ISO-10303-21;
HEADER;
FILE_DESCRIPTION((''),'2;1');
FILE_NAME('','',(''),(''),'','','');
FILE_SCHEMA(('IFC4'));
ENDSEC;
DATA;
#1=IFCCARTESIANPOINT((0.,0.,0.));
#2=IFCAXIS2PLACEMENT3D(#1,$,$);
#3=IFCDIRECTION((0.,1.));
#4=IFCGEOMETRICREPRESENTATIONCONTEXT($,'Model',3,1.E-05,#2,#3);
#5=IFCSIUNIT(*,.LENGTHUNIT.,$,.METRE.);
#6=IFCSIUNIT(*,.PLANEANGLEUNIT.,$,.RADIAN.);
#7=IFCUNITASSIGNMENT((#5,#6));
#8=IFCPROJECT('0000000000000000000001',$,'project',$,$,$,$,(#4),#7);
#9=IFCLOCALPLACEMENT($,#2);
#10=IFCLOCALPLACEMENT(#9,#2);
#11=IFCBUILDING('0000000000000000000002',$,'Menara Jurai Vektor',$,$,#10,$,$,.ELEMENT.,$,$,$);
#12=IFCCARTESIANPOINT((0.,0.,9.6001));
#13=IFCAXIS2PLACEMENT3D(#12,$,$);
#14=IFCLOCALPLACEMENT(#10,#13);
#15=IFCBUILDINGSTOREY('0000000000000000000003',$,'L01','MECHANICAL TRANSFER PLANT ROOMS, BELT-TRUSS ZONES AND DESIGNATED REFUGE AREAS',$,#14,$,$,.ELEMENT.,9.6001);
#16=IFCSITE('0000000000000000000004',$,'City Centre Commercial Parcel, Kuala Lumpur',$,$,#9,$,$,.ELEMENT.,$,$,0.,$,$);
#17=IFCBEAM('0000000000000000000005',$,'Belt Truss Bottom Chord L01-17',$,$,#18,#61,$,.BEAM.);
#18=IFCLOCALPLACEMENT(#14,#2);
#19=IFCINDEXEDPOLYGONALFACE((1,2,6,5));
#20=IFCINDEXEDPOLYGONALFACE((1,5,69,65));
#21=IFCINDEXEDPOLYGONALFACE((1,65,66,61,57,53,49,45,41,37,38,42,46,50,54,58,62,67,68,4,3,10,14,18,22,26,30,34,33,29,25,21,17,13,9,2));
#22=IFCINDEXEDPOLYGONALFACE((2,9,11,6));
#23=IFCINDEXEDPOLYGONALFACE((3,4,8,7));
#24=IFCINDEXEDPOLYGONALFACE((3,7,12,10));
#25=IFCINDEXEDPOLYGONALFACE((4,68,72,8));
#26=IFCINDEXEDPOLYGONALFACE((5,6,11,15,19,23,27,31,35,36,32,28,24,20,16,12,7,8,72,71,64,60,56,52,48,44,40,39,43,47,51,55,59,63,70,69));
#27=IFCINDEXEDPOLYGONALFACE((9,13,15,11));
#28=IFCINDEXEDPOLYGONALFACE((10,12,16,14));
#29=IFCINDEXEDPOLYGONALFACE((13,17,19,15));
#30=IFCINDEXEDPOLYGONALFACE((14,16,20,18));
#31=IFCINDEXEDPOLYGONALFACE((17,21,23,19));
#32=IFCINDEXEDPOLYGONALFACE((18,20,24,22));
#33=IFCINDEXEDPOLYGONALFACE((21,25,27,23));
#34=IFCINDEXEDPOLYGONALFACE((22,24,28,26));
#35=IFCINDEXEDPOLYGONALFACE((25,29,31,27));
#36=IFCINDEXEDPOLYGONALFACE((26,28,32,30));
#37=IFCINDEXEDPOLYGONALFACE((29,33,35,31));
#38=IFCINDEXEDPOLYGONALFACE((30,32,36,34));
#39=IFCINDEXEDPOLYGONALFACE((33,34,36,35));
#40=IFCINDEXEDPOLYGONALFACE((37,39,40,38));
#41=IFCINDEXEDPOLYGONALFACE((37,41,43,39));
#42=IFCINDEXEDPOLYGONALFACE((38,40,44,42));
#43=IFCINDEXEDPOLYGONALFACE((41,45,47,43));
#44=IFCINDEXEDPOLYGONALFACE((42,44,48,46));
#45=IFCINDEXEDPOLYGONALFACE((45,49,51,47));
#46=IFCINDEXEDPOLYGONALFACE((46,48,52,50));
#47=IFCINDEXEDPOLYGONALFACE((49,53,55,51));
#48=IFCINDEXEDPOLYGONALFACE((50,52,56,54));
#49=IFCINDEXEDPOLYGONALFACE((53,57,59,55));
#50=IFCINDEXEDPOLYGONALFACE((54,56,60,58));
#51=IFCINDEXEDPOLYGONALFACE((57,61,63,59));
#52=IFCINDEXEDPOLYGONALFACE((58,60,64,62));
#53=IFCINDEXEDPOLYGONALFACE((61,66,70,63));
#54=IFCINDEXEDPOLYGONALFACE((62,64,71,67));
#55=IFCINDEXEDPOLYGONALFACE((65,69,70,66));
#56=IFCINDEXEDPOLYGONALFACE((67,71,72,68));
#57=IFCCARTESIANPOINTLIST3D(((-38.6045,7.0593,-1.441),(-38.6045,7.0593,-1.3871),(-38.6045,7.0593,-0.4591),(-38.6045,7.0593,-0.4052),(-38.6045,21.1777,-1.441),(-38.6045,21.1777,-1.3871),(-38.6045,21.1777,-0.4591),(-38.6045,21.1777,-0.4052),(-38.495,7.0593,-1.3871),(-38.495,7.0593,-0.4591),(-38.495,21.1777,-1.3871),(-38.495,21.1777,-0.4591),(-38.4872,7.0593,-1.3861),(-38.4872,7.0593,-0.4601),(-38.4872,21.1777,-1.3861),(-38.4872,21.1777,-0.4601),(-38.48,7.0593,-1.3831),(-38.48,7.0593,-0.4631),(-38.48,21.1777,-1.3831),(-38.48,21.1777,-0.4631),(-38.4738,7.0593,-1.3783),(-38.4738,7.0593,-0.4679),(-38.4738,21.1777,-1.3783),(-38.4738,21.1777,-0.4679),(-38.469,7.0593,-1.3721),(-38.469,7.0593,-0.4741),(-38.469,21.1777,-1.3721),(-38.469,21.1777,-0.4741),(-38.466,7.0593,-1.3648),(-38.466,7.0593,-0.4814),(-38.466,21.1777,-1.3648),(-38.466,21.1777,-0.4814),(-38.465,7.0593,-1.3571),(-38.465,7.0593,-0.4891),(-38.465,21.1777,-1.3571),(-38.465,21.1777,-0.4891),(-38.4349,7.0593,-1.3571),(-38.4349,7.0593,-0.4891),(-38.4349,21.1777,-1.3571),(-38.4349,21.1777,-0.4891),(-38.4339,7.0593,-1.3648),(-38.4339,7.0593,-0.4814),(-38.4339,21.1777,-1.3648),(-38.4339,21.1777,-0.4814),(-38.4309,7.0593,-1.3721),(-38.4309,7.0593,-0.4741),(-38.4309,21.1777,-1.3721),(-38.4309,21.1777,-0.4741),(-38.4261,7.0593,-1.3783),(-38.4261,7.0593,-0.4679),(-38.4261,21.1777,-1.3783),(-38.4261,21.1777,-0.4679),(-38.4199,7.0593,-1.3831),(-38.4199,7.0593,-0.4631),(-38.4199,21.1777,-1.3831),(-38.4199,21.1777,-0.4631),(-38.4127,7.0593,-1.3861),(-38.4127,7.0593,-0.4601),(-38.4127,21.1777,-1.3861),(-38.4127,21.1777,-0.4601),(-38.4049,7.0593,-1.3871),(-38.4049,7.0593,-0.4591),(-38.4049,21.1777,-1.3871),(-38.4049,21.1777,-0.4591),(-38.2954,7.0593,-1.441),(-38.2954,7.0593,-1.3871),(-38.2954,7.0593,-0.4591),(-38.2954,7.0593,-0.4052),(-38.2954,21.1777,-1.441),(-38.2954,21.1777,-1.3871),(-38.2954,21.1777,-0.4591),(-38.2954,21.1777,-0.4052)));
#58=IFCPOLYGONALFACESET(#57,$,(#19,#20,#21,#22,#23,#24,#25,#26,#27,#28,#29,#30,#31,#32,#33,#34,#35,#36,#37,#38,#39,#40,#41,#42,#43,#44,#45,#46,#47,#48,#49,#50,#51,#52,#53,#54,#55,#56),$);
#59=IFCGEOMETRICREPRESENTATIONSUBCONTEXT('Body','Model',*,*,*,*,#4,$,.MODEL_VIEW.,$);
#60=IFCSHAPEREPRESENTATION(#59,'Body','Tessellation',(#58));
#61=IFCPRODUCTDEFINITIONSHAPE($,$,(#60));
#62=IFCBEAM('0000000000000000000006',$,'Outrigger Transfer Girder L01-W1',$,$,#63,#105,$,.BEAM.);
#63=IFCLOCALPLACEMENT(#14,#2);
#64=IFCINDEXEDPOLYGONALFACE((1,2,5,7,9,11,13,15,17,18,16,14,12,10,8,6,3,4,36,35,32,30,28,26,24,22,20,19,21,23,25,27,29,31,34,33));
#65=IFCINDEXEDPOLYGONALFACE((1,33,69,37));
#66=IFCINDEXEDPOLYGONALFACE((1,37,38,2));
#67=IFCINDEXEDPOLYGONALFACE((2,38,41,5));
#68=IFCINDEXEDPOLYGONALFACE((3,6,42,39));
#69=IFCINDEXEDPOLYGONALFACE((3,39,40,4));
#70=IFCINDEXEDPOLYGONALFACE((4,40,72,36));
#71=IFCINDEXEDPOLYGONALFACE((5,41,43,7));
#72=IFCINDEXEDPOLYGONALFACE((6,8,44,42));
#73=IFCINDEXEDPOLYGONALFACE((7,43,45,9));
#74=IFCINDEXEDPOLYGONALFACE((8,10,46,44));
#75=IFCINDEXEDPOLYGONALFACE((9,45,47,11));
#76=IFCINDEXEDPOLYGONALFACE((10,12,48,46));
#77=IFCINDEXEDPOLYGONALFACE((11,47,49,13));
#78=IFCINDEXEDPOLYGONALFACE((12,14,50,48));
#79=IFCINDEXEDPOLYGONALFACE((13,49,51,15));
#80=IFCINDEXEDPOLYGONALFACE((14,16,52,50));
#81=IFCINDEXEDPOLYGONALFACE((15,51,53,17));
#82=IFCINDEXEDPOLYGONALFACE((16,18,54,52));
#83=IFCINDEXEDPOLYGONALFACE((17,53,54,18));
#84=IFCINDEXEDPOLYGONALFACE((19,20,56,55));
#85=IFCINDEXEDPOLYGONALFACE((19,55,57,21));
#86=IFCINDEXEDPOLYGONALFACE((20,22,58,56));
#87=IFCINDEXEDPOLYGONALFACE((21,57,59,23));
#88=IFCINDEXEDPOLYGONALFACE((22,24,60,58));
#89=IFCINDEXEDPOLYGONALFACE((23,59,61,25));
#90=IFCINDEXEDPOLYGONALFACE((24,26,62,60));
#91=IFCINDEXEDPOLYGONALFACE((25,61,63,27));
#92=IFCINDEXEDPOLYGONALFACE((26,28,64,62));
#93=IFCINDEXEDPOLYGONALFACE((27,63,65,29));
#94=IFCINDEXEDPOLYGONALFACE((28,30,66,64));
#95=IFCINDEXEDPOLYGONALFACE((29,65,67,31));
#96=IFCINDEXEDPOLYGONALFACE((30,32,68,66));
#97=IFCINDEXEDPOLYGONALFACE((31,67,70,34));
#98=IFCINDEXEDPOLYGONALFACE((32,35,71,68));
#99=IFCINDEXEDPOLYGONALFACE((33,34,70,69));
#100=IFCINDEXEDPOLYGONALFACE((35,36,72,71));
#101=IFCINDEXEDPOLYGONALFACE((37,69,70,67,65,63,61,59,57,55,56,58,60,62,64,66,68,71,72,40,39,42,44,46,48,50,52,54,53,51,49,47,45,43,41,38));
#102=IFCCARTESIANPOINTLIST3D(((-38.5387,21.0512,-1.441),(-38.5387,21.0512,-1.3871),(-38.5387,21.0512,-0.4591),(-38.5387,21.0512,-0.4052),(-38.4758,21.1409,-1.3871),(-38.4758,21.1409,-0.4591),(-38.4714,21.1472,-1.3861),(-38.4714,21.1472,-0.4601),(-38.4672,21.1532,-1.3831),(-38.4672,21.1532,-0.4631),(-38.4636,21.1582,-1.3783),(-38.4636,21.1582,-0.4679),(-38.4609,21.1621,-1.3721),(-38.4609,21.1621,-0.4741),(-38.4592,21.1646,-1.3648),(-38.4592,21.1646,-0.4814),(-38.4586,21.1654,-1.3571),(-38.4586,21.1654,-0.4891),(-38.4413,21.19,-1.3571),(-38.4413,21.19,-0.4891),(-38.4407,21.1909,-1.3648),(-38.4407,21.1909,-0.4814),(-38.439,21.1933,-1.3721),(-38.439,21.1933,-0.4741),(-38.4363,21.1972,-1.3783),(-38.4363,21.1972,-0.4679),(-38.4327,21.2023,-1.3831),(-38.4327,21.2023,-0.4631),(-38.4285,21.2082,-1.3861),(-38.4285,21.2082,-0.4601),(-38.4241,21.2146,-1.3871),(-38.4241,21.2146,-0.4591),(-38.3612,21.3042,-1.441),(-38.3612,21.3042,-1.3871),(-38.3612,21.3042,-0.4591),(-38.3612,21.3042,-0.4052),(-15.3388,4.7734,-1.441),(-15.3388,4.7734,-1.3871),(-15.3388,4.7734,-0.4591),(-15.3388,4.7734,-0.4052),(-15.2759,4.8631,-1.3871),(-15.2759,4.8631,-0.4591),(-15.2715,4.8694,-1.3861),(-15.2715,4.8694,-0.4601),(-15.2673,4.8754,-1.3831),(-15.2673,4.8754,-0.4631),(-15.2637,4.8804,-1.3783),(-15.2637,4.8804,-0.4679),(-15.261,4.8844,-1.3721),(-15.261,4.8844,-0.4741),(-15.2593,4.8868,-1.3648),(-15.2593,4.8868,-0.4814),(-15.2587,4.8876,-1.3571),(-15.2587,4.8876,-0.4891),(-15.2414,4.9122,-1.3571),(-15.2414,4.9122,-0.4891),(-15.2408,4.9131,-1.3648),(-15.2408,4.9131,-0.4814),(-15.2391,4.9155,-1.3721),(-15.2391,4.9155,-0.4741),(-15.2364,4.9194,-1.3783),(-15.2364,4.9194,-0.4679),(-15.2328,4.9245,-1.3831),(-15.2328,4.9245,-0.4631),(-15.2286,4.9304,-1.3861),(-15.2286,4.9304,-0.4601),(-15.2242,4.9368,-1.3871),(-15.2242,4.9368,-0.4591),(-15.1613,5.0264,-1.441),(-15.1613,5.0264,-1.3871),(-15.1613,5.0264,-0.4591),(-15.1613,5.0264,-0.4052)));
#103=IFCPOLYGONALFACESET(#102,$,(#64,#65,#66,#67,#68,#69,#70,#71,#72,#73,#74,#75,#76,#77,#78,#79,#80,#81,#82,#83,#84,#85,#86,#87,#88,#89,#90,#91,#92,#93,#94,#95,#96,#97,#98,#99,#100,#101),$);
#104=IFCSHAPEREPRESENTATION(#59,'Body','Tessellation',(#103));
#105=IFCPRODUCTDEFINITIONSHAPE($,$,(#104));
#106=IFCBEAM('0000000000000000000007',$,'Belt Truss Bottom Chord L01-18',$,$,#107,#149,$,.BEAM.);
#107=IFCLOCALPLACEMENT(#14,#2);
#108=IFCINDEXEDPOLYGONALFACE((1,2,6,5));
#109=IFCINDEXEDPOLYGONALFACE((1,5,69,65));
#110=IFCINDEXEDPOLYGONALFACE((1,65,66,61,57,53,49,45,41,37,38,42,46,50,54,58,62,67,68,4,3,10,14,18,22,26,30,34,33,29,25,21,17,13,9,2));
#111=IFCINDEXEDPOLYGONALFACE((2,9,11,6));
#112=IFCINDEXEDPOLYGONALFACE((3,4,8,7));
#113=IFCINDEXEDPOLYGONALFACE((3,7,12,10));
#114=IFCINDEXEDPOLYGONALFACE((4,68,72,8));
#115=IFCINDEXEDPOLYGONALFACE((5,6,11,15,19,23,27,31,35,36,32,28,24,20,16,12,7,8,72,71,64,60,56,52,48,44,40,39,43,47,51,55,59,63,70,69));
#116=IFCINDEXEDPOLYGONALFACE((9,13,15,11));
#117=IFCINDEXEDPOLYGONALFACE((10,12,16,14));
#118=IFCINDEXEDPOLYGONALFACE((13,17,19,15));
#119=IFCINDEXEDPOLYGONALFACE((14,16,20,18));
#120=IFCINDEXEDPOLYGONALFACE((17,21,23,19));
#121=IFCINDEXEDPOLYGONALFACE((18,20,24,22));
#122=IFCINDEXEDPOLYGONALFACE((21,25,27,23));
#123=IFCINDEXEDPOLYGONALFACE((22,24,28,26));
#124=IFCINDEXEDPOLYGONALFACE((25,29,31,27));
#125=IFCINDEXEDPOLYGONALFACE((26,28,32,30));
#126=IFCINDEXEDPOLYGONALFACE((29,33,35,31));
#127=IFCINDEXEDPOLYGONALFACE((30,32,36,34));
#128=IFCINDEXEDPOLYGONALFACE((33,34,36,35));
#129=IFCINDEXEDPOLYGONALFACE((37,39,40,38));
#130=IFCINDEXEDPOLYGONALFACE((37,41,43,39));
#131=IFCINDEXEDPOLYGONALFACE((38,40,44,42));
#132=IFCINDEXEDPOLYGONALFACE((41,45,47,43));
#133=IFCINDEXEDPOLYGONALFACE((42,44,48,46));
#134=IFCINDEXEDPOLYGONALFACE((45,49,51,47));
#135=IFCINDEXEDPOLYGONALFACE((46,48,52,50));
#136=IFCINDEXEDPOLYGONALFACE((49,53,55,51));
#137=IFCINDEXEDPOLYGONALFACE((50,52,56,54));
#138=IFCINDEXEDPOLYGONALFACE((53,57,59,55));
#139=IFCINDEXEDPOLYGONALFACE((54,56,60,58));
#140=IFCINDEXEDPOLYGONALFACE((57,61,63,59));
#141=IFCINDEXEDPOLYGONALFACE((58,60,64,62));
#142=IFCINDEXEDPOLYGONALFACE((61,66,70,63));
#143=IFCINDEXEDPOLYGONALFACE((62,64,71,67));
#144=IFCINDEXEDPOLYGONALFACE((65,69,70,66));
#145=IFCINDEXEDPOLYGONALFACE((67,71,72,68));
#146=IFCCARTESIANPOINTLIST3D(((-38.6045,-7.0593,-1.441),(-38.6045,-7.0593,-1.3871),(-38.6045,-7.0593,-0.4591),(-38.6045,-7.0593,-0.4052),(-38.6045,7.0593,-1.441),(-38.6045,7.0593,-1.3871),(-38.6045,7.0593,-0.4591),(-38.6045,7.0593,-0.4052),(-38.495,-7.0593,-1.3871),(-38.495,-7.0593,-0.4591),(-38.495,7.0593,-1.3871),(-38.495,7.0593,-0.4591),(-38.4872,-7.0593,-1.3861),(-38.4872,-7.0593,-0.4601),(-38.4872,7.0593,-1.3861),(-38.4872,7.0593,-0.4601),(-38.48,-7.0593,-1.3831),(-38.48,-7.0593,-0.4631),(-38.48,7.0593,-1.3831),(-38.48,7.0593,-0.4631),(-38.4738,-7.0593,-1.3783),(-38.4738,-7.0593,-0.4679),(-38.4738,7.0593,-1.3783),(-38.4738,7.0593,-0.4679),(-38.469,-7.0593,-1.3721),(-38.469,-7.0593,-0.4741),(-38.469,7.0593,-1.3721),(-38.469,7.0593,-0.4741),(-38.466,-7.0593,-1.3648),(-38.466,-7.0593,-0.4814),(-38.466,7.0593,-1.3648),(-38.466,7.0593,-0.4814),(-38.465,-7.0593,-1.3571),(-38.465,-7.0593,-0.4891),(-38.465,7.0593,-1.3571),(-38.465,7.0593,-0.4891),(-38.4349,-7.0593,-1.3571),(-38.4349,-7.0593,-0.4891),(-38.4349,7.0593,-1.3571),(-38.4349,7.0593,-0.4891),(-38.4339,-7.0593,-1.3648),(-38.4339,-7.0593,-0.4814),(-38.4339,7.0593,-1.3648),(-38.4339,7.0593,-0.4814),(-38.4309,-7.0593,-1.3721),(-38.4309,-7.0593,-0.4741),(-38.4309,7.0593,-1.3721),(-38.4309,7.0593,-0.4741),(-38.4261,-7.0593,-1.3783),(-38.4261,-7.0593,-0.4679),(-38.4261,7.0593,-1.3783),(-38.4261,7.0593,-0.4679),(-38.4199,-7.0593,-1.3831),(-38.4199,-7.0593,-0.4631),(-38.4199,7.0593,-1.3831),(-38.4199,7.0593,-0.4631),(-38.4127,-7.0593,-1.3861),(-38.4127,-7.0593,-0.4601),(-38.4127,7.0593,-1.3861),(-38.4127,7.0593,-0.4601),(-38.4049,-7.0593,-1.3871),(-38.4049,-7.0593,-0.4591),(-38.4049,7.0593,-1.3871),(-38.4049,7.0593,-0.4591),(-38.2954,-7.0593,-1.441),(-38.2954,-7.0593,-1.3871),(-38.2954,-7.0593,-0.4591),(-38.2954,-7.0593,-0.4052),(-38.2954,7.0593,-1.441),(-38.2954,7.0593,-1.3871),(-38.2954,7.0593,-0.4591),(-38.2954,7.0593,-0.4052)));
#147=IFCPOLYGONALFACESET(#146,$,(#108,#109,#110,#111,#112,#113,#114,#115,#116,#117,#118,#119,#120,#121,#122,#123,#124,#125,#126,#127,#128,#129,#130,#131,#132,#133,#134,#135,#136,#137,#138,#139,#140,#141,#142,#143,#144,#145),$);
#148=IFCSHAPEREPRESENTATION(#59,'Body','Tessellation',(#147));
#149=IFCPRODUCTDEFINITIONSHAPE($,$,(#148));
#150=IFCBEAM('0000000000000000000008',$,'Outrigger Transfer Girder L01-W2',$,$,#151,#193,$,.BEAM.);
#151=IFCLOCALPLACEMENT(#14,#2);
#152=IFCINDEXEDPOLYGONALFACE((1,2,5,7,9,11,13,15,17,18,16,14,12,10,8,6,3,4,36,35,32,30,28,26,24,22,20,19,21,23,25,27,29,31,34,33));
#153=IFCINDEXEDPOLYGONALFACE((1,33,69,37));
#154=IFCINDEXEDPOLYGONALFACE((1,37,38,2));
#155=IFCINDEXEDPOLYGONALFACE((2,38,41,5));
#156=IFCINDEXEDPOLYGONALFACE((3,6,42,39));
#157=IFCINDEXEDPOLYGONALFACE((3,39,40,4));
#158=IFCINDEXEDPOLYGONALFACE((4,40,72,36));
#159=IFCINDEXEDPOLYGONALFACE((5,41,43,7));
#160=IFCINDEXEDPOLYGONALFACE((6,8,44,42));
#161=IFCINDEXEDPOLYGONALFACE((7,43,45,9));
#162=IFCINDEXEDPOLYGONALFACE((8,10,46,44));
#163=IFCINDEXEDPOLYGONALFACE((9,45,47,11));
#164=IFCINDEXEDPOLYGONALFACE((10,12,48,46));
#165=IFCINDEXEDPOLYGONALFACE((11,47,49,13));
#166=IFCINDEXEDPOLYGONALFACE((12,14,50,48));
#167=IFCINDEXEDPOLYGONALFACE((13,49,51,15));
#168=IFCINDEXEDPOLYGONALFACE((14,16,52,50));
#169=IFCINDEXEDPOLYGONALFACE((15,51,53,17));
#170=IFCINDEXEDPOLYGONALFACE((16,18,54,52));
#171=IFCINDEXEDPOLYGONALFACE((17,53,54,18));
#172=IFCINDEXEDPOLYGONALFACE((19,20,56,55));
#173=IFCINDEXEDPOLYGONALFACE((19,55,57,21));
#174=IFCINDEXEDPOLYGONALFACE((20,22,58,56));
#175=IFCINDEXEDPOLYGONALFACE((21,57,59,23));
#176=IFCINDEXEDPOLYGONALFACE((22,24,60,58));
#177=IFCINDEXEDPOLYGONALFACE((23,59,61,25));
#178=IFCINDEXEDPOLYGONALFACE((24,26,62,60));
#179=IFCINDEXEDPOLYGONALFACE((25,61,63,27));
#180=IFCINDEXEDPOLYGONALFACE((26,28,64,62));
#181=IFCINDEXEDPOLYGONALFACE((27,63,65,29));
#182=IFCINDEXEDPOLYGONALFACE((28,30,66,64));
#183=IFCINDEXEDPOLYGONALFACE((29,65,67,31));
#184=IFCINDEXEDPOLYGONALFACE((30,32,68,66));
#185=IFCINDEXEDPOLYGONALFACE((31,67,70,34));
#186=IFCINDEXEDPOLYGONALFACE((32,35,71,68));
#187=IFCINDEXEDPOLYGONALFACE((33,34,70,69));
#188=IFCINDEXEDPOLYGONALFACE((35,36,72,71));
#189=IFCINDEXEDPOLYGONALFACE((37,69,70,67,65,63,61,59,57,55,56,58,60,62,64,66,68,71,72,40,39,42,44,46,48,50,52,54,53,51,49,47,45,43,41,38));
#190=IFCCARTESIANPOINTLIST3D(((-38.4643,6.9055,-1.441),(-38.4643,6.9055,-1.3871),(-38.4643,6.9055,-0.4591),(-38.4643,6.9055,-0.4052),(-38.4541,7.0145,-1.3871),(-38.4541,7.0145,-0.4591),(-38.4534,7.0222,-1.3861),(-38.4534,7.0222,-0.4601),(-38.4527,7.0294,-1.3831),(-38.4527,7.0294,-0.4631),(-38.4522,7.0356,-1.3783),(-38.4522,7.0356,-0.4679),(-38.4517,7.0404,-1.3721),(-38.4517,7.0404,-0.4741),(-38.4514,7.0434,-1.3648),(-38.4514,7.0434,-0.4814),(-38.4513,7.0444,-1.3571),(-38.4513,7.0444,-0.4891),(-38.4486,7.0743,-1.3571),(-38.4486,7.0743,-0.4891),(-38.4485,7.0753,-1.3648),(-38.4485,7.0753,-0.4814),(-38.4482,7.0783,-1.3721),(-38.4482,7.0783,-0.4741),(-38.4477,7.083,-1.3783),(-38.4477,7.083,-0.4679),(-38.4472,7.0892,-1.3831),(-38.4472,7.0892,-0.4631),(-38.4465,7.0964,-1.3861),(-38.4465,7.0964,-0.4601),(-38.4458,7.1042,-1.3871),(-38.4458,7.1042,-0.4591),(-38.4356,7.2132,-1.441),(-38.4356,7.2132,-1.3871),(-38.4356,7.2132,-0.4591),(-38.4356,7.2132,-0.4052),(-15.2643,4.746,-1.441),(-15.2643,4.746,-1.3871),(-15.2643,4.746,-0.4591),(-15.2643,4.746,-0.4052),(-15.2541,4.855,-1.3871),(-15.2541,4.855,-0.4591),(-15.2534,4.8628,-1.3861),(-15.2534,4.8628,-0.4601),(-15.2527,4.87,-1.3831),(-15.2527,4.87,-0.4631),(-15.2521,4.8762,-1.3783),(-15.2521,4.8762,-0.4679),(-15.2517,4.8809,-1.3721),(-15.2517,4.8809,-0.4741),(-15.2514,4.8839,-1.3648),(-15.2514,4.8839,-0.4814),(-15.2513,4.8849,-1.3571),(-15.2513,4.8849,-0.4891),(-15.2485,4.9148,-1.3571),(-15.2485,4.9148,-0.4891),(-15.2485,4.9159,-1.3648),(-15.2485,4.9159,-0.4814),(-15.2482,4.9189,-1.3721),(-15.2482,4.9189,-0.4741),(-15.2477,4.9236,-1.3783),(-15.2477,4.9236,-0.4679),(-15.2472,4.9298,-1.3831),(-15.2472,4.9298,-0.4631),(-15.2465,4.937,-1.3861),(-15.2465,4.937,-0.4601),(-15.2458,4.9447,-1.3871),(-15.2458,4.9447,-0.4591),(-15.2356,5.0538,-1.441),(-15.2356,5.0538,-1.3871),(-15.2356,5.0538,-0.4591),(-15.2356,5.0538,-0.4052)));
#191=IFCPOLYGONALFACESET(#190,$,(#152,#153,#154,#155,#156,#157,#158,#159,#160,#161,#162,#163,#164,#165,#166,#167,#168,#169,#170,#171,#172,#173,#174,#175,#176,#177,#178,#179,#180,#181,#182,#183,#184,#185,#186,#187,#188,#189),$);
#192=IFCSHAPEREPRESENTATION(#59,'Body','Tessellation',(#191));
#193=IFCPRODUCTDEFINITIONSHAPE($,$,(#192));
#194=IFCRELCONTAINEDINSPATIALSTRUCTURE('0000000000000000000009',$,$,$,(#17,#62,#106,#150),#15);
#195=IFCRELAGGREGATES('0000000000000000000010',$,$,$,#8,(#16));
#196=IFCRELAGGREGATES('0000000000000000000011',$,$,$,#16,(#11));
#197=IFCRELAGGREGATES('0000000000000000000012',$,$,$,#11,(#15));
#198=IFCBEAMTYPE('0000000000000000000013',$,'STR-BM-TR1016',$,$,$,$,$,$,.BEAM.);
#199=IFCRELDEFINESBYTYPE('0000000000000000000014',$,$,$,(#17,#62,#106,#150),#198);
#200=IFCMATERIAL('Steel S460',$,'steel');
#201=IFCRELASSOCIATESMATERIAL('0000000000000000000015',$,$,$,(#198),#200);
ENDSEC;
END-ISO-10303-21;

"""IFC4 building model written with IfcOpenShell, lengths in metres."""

from ifc_helpers import new_model, si_unit, direction, frame, origin, origin_2d, place, context, subcontext, project, spatial, i_section, extrude, material, material_profile, profile_set, type_object, element, save


model = new_model("IFC4")

# Units and contexts
model_context = context("Model", 3, precision=1e-05, world=origin(), true_north=direction((0.0, 1.0)))
body_context = subcontext(model_context, "Body", "Model", "MODEL_VIEW")
ifc_project = project(units=[si_unit("LENGTHUNIT", "METRE"), si_unit("PLANEANGLEUNIT", "RADIAN")], contexts=[model_context])

# Site, building, storey
site_placement = place(None, origin())
site = spatial("IfcSite", under=ifc_project, at=site_placement, Name="City Centre Commercial Parcel, Kuala Lumpur", CompositionType="ELEMENT", RefElevation=0.0)
building_placement = place(site_placement, origin())
building = spatial("IfcBuilding", under=site, at=building_placement, Name="Menara Jurai Vektor", CompositionType="ELEMENT")
storey_placement = place(building_placement, frame((0.0, 0.0, 9.6001)))
storey = spatial("IfcBuildingStorey", under=building, at=storey_placement, Name="L01", Description="MECHANICAL TRANSFER PLANT ROOMS, BELT-TRUSS ZONES AND DESIGNATED REFUGE AREAS", CompositionType="ELEMENT", Elevation=9.6001)

# Shared definitions
ifc_material_1 = material(Name="Steel S460", Category="steel")

# Beams
ifc_material_profile_1 = material_profile(ifc_material_1, i_section(OverallWidth=0.3091, OverallDepth=1.0359, WebThickness=0.03, FlangeThickness=0.054, FilletRadius=0.03, at=origin_2d()), Name="UKB 1016x305x487")
ifc_profile_set_1 = profile_set([ifc_material_profile_1], Name="Steel S460")
beam_type_1 = type_object("IfcBeamType", Name="STR-BM-TR1016", PredefinedType="BEAM", material=ifc_profile_set_1)
beam_1_placement = place(storey_placement, frame((-38.45, 21.1777, -0.9231), z_axis=(0.0, -1.0, 0.0), x_axis=(1.0, 0.0, 0.0)))
element("IfcBeam", 1, at=beam_1_placement, inside=storey, type_object=beam_type_1, Name="Belt Truss Bottom Chord L01-17", PredefinedType="BEAM", context=body_context, shape_type="SweptSolid", body=[
    extrude(i_section(OverallWidth=0.3091, OverallDepth=1.0359, WebThickness=0.03, FlangeThickness=0.054, FilletRadius=0.03, at=origin_2d()), origin(), (0.0, 0.0, 1.0), 14.1184),
])
beam_2_placement = place(storey_placement, frame((-38.45, 21.1777, -0.9231), z_axis=(0.818604, -0.574359, 0.0), x_axis=(0.574359, 0.818604, 0.0)))
element("IfcBeam", 2, at=beam_2_placement, inside=storey, type_object=beam_type_1, Name="Outrigger Transfer Girder L01-W1", PredefinedType="BEAM", context=body_context, shape_type="SweptSolid", body=[
    extrude(i_section(OverallWidth=0.3091, OverallDepth=1.0359, WebThickness=0.03, FlangeThickness=0.054, FilletRadius=0.03, at=origin_2d()), origin(), (0.0, 0.0, 1.0), 28.3408),
])
beam_3_placement = place(storey_placement, frame((-38.45, 7.0593, -0.9231), z_axis=(0.0, -1.0, 0.0), x_axis=(1.0, 0.0, 0.0)))
element("IfcBeam", 3, at=beam_3_placement, inside=storey, type_object=beam_type_1, Name="Belt Truss Bottom Chord L01-18", PredefinedType="BEAM", context=body_context, shape_type="SweptSolid", body=[
    extrude(i_section(OverallWidth=0.3091, OverallDepth=1.0359, WebThickness=0.03, FlangeThickness=0.054, FilletRadius=0.03, at=origin_2d()), origin(), (0.0, 0.0, 1.0), 14.1187),
])
beam_4_placement = place(storey_placement, frame((-38.45, 7.0593, -0.9231), z_axis=(0.995696, -0.092678, 0.0), x_axis=(0.092678, 0.995696, 0.0)))
element("IfcBeam", 4, at=beam_4_placement, inside=storey, type_object=beam_type_1, Name="Outrigger Transfer Girder L01-W2", PredefinedType="BEAM", context=body_context, shape_type="SweptSolid", body=[
    extrude(i_section(OverallWidth=0.3091, OverallDepth=1.0359, WebThickness=0.03, FlangeThickness=0.054, FilletRadius=0.03, at=origin_2d()), origin(), (0.0, 0.0, 1.0), 23.3003),
])

save(model, "model.ifc")
